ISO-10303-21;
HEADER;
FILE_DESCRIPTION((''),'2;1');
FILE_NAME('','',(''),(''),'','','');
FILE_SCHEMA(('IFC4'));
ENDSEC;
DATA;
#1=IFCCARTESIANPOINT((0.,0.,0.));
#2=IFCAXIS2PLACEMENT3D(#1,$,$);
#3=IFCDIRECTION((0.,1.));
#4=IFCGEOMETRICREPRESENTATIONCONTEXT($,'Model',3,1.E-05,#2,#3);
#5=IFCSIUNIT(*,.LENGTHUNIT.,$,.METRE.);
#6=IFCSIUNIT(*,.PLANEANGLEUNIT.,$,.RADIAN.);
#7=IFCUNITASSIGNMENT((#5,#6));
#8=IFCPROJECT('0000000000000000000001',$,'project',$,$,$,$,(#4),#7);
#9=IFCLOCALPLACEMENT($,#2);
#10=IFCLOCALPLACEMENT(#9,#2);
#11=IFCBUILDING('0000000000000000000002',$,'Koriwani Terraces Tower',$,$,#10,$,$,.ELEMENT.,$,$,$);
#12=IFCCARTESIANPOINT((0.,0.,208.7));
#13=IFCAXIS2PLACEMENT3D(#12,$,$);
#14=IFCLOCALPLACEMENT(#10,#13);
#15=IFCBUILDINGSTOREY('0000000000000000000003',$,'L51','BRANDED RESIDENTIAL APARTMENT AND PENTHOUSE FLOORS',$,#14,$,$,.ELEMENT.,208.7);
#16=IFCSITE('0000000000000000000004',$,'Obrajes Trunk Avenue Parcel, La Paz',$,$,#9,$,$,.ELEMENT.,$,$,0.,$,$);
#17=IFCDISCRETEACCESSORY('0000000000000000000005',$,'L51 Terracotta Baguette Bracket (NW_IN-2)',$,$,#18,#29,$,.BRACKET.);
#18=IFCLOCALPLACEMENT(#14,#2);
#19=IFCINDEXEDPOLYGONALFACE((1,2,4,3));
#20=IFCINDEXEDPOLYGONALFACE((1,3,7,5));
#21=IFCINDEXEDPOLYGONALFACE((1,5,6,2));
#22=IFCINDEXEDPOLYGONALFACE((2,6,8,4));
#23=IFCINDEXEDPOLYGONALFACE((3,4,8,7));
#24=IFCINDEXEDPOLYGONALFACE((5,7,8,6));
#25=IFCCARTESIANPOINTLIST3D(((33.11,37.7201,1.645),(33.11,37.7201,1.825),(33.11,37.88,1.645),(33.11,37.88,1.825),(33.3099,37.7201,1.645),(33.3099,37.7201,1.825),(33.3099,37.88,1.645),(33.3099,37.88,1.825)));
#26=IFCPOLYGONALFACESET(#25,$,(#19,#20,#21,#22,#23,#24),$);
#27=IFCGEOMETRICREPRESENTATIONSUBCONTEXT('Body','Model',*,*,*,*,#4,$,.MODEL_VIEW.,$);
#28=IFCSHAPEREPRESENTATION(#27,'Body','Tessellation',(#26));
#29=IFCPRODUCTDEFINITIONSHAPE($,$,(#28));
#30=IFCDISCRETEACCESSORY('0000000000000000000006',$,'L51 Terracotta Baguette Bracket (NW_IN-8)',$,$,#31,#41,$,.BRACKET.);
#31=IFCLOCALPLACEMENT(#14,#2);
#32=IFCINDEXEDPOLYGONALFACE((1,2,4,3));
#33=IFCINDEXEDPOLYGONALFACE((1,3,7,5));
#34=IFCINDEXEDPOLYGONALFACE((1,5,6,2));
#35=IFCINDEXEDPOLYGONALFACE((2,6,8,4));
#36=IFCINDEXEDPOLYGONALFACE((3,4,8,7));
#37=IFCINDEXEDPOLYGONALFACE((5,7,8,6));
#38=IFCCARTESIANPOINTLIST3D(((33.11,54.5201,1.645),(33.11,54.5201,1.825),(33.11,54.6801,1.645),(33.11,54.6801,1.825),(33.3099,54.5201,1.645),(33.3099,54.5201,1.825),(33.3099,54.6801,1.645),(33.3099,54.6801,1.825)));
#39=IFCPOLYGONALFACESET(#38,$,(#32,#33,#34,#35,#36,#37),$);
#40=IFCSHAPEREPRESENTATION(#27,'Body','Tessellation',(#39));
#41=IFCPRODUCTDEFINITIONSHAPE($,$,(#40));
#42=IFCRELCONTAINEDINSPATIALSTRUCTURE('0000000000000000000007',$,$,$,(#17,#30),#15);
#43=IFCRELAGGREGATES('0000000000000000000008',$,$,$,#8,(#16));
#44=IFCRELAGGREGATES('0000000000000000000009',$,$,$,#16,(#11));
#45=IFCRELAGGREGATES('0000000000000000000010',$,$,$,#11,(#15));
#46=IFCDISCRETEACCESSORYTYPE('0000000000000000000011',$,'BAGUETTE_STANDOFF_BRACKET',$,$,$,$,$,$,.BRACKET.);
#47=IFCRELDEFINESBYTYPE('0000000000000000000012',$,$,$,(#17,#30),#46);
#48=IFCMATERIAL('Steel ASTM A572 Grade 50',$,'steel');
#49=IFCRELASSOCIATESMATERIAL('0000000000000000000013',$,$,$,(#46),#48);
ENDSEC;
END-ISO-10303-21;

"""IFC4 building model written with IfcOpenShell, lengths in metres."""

from ifc_helpers import new_model, si_unit, direction, frame, origin, origin_2d, place, context, subcontext, project, spatial, rectangle, extrude, material, type_object, element, save


model = new_model("IFC4")

# Units and contexts
model_context = context("Model", 3, precision=1e-05, world=origin(), true_north=direction((0.0, 1.0)))
body_context = subcontext(model_context, "Body", "Model", "MODEL_VIEW")
ifc_project = project(units=[si_unit("LENGTHUNIT", "METRE"), si_unit("PLANEANGLEUNIT", "RADIAN")], contexts=[model_context])

# Site, building, storey
site_placement = place(None, origin())
site = spatial("IfcSite", under=ifc_project, at=site_placement, Name="Obrajes Trunk Avenue Parcel, La Paz", CompositionType="ELEMENT", RefElevation=0.0)
building_placement = place(site_placement, origin())
building = spatial("IfcBuilding", under=site, at=building_placement, Name="Koriwani Terraces Tower", CompositionType="ELEMENT")
storey_placement = place(building_placement, frame((0.0, 0.0, 208.7)))
storey = spatial("IfcBuildingStorey", under=building, at=storey_placement, Name="L51", Description="BRANDED RESIDENTIAL APARTMENT AND PENTHOUSE FLOORS", CompositionType="ELEMENT", Elevation=208.7)

# Shared definitions
ifc_material_1 = material(Name="Steel ASTM A572 Grade 50", Category="steel")

# Discrete accessories
discrete_accessory_type = type_object("IfcDiscreteAccessoryType", Name="BAGUETTE_STANDOFF_BRACKET", PredefinedType="BRACKET", material=ifc_material_1)
for number, where, z_axis, x_axis, name in (
    (1, (33.21, 37.8, 1.645), (0.0, 0.0, 1.0), (0.0, -1.0, 0.0), "L51 Terracotta Baguette Bracket (NW_IN-2)"),
    (2, (33.21, 54.6001, 1.645), (0.0, 0.0, 1.0), (0.0, -1.0, 0.0), "L51 Terracotta Baguette Bracket (NW_IN-8)"),
):
    element("IfcDiscreteAccessory", number, at=place(storey_placement, frame(where, z_axis=z_axis, x_axis=x_axis)), inside=storey, type_object=discrete_accessory_type, Name=name, PredefinedType="BRACKET", context=body_context, shape_type="SweptSolid", body=[
        extrude(rectangle(XDim=0.1599, YDim=0.2, at=origin_2d()), origin(), (0.0, 0.0, 1.0), 0.1799),
    ])

save(model, "model.ifc")
